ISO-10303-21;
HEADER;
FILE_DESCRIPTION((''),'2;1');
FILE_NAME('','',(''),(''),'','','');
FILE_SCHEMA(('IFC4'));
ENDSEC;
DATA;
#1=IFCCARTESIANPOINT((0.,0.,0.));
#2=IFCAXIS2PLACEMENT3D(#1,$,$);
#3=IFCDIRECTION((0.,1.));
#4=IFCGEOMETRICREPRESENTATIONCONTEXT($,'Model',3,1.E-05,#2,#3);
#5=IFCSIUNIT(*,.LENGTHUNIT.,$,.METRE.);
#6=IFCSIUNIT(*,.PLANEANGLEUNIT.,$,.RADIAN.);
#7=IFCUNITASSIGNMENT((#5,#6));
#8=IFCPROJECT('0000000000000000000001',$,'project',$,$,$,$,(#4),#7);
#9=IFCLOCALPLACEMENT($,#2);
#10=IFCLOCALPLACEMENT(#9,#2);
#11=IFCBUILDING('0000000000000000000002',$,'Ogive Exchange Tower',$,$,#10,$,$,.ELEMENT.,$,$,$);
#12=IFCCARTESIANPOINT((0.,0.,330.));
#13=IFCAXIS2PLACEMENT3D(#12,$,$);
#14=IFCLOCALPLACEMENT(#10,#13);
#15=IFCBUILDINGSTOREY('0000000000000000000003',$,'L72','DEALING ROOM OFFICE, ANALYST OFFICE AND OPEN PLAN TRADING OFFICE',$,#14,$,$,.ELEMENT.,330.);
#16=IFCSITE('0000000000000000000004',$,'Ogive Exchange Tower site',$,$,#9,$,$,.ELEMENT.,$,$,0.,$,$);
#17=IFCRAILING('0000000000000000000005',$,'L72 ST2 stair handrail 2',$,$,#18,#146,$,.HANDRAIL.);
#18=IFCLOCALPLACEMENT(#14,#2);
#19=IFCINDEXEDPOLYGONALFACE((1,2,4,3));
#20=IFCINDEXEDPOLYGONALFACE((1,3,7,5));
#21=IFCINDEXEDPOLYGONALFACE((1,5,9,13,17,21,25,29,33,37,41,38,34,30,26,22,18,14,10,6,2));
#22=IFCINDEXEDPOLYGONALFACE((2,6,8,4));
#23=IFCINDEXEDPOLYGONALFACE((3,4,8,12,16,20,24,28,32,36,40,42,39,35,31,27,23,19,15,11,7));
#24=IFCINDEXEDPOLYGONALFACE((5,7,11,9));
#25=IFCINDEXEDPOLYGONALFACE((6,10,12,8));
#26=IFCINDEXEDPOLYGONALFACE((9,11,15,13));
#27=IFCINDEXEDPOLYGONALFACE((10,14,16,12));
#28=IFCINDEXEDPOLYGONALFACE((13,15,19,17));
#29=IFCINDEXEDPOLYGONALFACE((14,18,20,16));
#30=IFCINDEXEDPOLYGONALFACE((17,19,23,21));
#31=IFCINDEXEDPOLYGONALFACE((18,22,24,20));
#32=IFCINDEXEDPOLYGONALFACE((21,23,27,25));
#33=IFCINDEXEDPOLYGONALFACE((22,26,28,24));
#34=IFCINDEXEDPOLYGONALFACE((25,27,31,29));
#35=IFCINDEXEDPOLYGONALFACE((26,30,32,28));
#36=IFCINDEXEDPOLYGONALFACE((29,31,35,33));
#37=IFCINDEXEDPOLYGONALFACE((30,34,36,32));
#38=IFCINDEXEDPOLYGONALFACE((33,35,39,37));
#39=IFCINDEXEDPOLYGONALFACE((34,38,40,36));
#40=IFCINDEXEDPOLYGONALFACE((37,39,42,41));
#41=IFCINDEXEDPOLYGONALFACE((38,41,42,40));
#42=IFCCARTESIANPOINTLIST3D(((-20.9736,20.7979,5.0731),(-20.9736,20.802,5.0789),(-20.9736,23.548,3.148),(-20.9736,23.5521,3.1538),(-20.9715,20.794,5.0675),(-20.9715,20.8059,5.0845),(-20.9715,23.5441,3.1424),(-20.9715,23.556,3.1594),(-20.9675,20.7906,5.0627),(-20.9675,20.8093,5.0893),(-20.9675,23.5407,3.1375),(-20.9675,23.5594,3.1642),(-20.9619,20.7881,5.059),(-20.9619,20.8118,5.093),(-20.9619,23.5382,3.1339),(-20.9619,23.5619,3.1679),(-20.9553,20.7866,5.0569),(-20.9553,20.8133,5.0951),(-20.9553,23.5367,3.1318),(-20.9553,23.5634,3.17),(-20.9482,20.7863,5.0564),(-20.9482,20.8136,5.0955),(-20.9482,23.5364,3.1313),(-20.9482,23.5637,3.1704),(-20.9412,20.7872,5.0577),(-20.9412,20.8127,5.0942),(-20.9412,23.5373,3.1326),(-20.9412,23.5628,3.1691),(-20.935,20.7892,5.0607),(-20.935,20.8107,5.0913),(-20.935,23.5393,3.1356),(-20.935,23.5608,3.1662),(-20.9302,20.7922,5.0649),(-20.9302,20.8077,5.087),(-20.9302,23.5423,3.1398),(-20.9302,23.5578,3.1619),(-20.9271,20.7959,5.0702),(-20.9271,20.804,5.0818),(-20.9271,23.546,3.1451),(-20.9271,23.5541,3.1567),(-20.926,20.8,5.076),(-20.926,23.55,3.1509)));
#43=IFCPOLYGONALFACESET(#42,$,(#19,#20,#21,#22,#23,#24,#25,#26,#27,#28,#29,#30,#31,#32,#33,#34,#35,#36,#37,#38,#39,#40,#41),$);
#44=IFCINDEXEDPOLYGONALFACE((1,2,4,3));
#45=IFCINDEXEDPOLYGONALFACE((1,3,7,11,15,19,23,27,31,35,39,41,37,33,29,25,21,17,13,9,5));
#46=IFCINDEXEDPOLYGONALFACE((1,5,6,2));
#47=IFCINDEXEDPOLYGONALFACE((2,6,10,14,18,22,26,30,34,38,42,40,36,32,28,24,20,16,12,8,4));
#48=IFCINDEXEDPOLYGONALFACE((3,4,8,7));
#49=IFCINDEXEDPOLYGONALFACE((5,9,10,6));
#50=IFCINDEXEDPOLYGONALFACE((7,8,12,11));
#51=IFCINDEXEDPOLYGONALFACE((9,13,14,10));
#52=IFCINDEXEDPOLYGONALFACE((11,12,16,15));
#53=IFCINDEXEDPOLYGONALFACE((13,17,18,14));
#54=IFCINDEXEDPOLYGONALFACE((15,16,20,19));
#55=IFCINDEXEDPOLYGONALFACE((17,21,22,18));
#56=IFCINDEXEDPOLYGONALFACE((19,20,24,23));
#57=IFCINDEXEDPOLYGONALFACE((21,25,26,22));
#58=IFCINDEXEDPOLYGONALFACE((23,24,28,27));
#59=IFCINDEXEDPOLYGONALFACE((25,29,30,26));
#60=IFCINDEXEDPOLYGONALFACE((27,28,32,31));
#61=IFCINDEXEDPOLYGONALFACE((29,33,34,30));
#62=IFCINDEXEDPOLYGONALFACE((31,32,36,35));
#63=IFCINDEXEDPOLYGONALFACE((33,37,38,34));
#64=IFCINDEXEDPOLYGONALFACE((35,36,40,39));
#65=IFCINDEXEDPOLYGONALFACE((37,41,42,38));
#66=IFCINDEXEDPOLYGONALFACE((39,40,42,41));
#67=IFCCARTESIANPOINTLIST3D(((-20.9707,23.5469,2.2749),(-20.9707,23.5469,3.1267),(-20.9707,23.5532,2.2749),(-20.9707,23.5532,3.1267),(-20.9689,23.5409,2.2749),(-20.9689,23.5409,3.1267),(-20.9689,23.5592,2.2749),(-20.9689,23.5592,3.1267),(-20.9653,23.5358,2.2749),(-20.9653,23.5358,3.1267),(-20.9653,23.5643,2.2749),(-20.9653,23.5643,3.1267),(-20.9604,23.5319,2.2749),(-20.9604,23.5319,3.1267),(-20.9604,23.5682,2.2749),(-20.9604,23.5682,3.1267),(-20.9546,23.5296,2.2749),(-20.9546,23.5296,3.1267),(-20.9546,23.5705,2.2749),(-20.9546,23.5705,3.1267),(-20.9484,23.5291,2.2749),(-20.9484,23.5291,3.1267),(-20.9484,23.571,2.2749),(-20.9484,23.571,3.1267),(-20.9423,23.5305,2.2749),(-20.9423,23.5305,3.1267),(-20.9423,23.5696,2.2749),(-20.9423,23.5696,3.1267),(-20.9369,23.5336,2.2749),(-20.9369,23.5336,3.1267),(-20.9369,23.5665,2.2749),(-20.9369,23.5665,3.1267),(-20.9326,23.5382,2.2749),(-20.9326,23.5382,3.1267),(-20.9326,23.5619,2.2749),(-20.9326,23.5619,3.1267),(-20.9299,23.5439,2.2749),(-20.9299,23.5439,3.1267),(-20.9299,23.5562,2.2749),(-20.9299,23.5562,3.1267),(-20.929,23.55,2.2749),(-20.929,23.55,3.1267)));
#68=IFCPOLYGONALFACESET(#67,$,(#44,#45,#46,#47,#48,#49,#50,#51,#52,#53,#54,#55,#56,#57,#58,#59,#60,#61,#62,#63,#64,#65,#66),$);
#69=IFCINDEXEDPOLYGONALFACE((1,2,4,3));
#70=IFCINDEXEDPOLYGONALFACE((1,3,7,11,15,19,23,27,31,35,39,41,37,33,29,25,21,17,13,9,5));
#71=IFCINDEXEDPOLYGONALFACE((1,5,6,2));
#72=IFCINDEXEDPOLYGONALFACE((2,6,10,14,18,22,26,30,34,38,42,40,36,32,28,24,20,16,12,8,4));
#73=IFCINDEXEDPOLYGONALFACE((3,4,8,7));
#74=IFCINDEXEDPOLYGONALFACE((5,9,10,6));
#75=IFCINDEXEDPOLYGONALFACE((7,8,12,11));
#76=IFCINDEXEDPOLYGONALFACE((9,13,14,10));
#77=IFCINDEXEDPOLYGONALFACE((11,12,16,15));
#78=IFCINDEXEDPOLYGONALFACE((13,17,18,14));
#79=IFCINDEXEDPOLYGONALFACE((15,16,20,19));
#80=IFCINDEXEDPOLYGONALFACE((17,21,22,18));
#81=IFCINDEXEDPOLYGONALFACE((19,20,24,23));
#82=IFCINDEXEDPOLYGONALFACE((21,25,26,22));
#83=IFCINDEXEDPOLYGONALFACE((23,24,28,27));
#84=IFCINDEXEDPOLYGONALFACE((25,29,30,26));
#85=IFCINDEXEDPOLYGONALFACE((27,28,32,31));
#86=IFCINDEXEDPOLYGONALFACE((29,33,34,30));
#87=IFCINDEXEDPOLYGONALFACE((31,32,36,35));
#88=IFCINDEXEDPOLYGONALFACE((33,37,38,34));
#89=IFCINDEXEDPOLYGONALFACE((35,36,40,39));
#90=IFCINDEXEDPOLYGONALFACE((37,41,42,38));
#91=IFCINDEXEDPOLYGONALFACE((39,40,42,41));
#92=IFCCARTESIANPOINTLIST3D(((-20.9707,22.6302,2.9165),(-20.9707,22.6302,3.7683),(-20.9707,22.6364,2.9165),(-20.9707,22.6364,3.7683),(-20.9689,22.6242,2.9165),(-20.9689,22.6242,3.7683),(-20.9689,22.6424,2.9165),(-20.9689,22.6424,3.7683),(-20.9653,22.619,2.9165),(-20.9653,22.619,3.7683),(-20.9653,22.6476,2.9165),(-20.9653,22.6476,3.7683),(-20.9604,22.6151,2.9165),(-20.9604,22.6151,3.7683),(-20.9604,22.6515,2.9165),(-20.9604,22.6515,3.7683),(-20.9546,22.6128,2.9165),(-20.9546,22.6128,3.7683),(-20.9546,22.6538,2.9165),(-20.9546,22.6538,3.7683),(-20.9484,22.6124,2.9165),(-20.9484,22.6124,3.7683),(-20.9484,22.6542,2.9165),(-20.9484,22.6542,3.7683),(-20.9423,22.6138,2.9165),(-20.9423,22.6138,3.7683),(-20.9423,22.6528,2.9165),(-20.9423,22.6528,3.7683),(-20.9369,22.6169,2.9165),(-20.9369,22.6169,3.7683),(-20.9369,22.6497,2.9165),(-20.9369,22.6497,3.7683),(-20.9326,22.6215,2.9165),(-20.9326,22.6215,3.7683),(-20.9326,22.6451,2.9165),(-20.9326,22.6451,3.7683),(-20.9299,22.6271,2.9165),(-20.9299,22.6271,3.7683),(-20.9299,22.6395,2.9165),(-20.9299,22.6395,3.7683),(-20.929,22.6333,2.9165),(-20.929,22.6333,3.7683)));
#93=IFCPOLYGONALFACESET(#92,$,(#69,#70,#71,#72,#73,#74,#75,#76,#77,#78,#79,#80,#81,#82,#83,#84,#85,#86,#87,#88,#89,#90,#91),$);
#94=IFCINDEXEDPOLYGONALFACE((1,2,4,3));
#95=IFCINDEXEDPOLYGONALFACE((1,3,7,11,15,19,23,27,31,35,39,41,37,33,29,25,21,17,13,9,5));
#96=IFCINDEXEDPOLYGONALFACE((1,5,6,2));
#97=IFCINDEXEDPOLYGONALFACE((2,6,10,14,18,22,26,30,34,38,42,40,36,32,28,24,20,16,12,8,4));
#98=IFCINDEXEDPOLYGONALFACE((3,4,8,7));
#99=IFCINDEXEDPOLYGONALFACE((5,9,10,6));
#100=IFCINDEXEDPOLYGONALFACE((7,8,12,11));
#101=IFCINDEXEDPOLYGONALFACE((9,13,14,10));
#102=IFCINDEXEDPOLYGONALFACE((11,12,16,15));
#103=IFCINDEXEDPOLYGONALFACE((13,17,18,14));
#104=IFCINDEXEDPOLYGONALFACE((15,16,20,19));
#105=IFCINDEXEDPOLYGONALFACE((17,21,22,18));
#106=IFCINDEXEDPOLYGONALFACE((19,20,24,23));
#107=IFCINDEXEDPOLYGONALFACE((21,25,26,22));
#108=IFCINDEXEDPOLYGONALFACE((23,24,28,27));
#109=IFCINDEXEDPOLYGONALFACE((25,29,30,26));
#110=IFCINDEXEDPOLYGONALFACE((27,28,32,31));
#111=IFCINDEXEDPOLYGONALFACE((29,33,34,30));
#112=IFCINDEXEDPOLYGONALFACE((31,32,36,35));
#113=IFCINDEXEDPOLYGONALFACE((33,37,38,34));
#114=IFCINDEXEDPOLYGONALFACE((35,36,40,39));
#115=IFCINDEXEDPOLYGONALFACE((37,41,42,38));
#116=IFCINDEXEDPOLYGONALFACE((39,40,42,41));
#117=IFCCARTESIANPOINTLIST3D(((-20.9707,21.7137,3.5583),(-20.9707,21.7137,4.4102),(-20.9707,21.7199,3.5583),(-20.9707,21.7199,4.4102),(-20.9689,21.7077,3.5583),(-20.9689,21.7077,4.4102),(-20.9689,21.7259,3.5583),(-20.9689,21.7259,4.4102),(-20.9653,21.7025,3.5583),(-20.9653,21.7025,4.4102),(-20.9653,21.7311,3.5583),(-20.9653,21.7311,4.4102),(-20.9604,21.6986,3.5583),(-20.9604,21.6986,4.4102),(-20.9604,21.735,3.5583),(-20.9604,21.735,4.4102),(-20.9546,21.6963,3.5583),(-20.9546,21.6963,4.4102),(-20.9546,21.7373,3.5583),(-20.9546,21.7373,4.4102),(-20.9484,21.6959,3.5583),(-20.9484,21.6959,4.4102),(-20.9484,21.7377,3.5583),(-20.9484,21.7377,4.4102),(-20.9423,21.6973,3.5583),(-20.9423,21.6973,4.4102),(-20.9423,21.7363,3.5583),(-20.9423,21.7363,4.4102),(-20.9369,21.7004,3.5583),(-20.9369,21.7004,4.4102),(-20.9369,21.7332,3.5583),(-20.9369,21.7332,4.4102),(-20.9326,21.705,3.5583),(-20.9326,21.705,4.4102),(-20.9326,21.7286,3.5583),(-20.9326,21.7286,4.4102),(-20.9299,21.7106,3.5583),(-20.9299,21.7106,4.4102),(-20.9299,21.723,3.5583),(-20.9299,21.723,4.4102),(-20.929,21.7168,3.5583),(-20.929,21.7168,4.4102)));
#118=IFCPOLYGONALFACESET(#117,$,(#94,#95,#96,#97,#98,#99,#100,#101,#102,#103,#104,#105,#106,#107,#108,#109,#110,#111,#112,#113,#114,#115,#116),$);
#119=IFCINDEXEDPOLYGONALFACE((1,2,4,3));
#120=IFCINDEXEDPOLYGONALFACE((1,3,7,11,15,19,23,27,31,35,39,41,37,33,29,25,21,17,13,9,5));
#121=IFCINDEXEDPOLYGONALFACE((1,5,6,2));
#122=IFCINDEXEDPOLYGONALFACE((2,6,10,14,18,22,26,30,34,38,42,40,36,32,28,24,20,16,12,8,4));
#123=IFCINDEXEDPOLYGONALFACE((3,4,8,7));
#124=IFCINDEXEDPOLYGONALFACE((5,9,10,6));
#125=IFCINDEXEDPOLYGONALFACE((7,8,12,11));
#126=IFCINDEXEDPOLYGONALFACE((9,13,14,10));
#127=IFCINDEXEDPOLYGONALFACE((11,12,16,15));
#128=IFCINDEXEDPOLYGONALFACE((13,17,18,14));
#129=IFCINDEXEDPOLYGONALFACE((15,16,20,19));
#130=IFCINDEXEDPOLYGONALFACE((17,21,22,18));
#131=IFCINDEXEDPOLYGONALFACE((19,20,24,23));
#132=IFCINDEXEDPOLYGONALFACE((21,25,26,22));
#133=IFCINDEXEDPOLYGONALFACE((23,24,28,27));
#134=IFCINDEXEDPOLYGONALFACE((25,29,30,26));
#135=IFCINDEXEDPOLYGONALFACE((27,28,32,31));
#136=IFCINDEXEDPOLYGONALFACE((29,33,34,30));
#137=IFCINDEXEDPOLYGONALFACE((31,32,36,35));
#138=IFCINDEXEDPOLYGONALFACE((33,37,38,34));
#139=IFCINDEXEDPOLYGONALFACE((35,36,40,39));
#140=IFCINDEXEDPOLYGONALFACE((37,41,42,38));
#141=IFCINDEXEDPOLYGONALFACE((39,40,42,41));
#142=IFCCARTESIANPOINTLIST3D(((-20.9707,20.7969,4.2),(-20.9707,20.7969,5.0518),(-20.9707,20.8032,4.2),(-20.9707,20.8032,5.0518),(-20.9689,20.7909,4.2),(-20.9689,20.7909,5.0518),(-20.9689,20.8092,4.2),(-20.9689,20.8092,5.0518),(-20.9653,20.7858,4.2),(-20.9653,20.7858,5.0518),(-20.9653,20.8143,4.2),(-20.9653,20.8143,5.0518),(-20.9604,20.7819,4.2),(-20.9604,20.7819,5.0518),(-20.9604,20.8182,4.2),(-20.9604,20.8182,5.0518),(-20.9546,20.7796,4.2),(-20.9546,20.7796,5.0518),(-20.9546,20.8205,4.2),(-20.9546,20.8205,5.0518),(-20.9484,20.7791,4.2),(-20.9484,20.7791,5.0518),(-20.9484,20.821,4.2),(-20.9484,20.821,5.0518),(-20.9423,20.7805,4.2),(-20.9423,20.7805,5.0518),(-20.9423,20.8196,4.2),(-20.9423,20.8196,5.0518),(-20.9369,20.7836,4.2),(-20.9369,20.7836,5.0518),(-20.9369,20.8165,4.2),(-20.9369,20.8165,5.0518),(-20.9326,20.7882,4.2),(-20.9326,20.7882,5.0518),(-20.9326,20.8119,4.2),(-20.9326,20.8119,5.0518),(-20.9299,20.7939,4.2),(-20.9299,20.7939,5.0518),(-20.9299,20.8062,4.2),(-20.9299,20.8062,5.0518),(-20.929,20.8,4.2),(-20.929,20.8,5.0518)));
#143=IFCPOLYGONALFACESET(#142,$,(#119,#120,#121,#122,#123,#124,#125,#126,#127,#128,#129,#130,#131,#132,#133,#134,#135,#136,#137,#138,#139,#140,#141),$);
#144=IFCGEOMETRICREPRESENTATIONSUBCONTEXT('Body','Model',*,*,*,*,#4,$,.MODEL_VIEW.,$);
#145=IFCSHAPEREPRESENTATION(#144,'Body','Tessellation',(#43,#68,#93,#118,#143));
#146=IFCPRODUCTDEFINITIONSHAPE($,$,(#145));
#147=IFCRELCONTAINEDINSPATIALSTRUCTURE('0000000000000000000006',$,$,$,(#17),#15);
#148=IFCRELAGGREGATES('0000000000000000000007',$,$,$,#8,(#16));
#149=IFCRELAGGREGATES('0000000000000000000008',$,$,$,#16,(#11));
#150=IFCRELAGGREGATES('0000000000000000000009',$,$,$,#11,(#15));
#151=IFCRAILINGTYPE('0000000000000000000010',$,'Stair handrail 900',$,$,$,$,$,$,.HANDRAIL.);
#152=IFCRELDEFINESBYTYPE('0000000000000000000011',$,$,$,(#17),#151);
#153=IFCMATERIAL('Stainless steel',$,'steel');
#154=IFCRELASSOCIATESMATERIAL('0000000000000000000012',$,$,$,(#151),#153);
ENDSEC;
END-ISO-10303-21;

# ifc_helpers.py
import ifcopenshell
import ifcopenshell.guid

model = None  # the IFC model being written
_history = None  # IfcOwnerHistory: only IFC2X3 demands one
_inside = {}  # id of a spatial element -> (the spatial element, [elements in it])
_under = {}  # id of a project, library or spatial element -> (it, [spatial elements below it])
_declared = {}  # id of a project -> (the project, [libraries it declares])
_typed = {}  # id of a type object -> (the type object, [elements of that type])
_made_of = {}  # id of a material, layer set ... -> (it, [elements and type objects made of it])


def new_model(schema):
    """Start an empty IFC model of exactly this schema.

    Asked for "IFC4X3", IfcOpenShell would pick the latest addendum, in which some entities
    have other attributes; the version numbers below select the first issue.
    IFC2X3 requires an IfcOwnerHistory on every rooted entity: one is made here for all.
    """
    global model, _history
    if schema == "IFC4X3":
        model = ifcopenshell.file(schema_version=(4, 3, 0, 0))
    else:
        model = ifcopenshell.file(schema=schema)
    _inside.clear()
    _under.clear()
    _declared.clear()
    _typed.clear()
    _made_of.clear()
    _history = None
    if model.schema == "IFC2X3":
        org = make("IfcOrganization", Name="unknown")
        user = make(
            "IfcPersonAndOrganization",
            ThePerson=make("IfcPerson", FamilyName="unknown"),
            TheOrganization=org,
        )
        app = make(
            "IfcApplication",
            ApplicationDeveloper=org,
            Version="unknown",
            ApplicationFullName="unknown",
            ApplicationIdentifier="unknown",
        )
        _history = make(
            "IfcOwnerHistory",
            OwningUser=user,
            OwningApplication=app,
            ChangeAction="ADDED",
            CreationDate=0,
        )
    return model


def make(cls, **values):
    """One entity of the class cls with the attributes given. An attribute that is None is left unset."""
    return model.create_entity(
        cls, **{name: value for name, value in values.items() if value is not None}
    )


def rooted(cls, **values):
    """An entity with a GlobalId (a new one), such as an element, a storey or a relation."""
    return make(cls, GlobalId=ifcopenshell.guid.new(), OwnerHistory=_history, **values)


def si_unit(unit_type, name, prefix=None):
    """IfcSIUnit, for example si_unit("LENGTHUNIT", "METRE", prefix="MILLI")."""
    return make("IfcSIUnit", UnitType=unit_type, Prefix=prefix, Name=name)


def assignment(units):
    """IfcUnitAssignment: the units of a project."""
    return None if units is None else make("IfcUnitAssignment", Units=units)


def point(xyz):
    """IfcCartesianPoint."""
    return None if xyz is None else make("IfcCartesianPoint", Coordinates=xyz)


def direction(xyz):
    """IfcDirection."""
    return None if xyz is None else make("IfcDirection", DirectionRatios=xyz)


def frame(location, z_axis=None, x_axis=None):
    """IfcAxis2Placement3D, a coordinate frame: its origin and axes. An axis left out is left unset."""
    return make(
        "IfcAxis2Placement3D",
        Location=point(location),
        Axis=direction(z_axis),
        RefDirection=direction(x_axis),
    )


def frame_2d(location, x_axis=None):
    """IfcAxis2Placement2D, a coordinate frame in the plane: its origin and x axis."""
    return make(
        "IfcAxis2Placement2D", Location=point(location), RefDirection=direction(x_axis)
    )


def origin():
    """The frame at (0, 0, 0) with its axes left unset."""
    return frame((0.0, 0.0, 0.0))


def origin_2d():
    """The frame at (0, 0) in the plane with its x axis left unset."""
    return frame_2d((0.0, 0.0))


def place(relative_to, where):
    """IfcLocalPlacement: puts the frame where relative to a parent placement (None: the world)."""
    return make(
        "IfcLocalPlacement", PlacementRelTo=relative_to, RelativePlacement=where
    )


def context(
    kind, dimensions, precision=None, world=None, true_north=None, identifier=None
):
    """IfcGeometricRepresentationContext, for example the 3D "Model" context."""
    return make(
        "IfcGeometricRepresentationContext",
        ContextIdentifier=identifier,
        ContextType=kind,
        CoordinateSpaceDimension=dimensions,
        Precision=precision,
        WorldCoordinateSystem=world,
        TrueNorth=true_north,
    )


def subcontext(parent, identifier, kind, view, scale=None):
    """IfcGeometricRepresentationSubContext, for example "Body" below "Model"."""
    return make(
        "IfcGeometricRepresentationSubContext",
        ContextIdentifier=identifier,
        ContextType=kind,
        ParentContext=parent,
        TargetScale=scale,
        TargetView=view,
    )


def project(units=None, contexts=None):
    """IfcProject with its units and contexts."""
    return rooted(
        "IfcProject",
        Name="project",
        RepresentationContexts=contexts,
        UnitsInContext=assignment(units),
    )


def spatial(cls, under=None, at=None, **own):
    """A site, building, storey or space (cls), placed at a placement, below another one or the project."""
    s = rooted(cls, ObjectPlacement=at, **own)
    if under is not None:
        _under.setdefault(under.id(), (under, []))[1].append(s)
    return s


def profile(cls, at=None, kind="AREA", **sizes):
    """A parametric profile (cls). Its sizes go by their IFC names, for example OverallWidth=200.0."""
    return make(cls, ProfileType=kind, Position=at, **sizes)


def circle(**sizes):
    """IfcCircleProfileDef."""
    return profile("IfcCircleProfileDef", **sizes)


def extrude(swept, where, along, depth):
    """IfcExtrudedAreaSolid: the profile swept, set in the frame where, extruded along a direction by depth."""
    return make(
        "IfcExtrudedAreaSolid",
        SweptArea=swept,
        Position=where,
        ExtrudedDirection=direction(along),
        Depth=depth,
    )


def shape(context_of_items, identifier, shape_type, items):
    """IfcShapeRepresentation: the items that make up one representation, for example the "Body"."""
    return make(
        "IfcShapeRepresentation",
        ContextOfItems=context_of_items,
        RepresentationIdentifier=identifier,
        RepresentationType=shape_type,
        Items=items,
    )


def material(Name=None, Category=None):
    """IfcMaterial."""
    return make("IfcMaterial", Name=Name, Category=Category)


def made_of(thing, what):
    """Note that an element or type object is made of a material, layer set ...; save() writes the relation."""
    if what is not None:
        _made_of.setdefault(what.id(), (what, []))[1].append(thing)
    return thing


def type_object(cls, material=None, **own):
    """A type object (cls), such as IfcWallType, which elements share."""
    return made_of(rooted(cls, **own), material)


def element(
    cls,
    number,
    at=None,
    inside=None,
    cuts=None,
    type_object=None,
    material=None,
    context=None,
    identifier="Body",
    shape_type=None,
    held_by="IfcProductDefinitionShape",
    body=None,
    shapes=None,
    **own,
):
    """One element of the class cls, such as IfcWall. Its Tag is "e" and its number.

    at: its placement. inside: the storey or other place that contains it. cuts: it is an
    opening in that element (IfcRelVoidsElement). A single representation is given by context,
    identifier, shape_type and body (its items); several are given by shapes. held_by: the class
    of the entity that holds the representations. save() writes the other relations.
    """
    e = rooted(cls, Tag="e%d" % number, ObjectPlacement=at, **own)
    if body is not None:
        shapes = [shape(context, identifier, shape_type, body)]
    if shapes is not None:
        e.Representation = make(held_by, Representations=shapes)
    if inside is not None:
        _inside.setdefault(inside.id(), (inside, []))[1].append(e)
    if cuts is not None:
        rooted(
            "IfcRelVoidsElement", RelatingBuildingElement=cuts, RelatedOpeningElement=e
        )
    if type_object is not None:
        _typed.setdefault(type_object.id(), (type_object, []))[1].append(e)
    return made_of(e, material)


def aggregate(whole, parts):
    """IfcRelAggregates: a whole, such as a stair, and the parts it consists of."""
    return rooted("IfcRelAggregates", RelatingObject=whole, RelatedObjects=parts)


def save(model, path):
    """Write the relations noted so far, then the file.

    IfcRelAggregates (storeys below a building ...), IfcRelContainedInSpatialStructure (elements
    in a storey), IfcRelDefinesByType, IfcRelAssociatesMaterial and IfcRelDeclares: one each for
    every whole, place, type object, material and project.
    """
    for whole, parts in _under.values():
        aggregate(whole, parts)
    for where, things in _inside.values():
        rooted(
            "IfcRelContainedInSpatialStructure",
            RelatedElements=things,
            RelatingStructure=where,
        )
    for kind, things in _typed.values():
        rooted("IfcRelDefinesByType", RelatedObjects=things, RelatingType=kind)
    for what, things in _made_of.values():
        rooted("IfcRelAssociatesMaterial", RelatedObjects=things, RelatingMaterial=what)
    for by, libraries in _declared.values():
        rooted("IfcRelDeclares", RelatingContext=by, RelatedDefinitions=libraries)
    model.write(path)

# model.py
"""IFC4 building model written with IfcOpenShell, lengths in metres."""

from ifc_helpers import new_model, si_unit, direction, frame, origin, origin_2d, place, context, subcontext, project, spatial, circle, extrude, material, type_object, element, save


model = new_model("IFC4")

# Units and contexts
model_context = context("Model", 3, precision=1e-05, world=origin(), true_north=direction((0.0, 1.0)))
body_context = subcontext(model_context, "Body", "Model", "MODEL_VIEW")
ifc_project = project(units=[si_unit("LENGTHUNIT", "METRE"), si_unit("PLANEANGLEUNIT", "RADIAN")], contexts=[model_context])

# Site, building, storey
site_placement = place(None, origin())
site = spatial("IfcSite", under=ifc_project, at=site_placement, Name="Ogive Exchange Tower site", CompositionType="ELEMENT", RefElevation=0.0)
building_placement = place(site_placement, origin())
building = spatial("IfcBuilding", under=site, at=building_placement, Name="Ogive Exchange Tower", CompositionType="ELEMENT")
storey_placement = place(building_placement, frame((0.0, 0.0, 330.0)))
storey = spatial("IfcBuildingStorey", under=building, at=storey_placement, Name="L72", Description="DEALING ROOM OFFICE, ANALYST OFFICE AND OPEN PLAN TRADING OFFICE", CompositionType="ELEMENT", Elevation=330.0)

# Railing
ifc_material_1 = material(Name="Stainless steel", Category="steel")
railing_type = type_object("IfcRailingType", Name="Stair handrail 900", PredefinedType="HANDRAIL", material=ifc_material_1)
railing_1_placement = place(storey_placement, frame((-20.95, 23.55, 2.2749)))
element("IfcRailing", 1, at=railing_1_placement, inside=storey, type_object=railing_type, Name="L72 ST2 stair handrail 2", PredefinedType="HANDRAIL", context=body_context, shape_type="SweptSolid", body=[
    extrude(circle(Radius=0.0239, at=origin_2d()), frame((0.0, 0.0, 0.876), z_axis=(0.0, -0.819225, 0.573472), x_axis=(1.0, 0.0, 0.0)), (0.0, 0.0, 1.0), 3.3569),
    extrude(circle(Radius=0.021, at=origin_2d()), origin(), (0.0, 0.0, 1.0), 0.8518),
    extrude(circle(Radius=0.021, at=origin_2d()), frame((0.0, -0.9167, 0.6416)), (0.0, 0.0, 1.0), 0.8518),
    extrude(circle(Radius=0.021, at=origin_2d()), frame((0.0, -1.8333, 1.2834)), (0.0, 0.0, 1.0), 0.8518),
    extrude(circle(Radius=0.021, at=origin_2d()), frame((0.0, -2.75, 1.925)), (0.0, 0.0, 1.0), 0.8518),
])

save(model, "model.ifc")
